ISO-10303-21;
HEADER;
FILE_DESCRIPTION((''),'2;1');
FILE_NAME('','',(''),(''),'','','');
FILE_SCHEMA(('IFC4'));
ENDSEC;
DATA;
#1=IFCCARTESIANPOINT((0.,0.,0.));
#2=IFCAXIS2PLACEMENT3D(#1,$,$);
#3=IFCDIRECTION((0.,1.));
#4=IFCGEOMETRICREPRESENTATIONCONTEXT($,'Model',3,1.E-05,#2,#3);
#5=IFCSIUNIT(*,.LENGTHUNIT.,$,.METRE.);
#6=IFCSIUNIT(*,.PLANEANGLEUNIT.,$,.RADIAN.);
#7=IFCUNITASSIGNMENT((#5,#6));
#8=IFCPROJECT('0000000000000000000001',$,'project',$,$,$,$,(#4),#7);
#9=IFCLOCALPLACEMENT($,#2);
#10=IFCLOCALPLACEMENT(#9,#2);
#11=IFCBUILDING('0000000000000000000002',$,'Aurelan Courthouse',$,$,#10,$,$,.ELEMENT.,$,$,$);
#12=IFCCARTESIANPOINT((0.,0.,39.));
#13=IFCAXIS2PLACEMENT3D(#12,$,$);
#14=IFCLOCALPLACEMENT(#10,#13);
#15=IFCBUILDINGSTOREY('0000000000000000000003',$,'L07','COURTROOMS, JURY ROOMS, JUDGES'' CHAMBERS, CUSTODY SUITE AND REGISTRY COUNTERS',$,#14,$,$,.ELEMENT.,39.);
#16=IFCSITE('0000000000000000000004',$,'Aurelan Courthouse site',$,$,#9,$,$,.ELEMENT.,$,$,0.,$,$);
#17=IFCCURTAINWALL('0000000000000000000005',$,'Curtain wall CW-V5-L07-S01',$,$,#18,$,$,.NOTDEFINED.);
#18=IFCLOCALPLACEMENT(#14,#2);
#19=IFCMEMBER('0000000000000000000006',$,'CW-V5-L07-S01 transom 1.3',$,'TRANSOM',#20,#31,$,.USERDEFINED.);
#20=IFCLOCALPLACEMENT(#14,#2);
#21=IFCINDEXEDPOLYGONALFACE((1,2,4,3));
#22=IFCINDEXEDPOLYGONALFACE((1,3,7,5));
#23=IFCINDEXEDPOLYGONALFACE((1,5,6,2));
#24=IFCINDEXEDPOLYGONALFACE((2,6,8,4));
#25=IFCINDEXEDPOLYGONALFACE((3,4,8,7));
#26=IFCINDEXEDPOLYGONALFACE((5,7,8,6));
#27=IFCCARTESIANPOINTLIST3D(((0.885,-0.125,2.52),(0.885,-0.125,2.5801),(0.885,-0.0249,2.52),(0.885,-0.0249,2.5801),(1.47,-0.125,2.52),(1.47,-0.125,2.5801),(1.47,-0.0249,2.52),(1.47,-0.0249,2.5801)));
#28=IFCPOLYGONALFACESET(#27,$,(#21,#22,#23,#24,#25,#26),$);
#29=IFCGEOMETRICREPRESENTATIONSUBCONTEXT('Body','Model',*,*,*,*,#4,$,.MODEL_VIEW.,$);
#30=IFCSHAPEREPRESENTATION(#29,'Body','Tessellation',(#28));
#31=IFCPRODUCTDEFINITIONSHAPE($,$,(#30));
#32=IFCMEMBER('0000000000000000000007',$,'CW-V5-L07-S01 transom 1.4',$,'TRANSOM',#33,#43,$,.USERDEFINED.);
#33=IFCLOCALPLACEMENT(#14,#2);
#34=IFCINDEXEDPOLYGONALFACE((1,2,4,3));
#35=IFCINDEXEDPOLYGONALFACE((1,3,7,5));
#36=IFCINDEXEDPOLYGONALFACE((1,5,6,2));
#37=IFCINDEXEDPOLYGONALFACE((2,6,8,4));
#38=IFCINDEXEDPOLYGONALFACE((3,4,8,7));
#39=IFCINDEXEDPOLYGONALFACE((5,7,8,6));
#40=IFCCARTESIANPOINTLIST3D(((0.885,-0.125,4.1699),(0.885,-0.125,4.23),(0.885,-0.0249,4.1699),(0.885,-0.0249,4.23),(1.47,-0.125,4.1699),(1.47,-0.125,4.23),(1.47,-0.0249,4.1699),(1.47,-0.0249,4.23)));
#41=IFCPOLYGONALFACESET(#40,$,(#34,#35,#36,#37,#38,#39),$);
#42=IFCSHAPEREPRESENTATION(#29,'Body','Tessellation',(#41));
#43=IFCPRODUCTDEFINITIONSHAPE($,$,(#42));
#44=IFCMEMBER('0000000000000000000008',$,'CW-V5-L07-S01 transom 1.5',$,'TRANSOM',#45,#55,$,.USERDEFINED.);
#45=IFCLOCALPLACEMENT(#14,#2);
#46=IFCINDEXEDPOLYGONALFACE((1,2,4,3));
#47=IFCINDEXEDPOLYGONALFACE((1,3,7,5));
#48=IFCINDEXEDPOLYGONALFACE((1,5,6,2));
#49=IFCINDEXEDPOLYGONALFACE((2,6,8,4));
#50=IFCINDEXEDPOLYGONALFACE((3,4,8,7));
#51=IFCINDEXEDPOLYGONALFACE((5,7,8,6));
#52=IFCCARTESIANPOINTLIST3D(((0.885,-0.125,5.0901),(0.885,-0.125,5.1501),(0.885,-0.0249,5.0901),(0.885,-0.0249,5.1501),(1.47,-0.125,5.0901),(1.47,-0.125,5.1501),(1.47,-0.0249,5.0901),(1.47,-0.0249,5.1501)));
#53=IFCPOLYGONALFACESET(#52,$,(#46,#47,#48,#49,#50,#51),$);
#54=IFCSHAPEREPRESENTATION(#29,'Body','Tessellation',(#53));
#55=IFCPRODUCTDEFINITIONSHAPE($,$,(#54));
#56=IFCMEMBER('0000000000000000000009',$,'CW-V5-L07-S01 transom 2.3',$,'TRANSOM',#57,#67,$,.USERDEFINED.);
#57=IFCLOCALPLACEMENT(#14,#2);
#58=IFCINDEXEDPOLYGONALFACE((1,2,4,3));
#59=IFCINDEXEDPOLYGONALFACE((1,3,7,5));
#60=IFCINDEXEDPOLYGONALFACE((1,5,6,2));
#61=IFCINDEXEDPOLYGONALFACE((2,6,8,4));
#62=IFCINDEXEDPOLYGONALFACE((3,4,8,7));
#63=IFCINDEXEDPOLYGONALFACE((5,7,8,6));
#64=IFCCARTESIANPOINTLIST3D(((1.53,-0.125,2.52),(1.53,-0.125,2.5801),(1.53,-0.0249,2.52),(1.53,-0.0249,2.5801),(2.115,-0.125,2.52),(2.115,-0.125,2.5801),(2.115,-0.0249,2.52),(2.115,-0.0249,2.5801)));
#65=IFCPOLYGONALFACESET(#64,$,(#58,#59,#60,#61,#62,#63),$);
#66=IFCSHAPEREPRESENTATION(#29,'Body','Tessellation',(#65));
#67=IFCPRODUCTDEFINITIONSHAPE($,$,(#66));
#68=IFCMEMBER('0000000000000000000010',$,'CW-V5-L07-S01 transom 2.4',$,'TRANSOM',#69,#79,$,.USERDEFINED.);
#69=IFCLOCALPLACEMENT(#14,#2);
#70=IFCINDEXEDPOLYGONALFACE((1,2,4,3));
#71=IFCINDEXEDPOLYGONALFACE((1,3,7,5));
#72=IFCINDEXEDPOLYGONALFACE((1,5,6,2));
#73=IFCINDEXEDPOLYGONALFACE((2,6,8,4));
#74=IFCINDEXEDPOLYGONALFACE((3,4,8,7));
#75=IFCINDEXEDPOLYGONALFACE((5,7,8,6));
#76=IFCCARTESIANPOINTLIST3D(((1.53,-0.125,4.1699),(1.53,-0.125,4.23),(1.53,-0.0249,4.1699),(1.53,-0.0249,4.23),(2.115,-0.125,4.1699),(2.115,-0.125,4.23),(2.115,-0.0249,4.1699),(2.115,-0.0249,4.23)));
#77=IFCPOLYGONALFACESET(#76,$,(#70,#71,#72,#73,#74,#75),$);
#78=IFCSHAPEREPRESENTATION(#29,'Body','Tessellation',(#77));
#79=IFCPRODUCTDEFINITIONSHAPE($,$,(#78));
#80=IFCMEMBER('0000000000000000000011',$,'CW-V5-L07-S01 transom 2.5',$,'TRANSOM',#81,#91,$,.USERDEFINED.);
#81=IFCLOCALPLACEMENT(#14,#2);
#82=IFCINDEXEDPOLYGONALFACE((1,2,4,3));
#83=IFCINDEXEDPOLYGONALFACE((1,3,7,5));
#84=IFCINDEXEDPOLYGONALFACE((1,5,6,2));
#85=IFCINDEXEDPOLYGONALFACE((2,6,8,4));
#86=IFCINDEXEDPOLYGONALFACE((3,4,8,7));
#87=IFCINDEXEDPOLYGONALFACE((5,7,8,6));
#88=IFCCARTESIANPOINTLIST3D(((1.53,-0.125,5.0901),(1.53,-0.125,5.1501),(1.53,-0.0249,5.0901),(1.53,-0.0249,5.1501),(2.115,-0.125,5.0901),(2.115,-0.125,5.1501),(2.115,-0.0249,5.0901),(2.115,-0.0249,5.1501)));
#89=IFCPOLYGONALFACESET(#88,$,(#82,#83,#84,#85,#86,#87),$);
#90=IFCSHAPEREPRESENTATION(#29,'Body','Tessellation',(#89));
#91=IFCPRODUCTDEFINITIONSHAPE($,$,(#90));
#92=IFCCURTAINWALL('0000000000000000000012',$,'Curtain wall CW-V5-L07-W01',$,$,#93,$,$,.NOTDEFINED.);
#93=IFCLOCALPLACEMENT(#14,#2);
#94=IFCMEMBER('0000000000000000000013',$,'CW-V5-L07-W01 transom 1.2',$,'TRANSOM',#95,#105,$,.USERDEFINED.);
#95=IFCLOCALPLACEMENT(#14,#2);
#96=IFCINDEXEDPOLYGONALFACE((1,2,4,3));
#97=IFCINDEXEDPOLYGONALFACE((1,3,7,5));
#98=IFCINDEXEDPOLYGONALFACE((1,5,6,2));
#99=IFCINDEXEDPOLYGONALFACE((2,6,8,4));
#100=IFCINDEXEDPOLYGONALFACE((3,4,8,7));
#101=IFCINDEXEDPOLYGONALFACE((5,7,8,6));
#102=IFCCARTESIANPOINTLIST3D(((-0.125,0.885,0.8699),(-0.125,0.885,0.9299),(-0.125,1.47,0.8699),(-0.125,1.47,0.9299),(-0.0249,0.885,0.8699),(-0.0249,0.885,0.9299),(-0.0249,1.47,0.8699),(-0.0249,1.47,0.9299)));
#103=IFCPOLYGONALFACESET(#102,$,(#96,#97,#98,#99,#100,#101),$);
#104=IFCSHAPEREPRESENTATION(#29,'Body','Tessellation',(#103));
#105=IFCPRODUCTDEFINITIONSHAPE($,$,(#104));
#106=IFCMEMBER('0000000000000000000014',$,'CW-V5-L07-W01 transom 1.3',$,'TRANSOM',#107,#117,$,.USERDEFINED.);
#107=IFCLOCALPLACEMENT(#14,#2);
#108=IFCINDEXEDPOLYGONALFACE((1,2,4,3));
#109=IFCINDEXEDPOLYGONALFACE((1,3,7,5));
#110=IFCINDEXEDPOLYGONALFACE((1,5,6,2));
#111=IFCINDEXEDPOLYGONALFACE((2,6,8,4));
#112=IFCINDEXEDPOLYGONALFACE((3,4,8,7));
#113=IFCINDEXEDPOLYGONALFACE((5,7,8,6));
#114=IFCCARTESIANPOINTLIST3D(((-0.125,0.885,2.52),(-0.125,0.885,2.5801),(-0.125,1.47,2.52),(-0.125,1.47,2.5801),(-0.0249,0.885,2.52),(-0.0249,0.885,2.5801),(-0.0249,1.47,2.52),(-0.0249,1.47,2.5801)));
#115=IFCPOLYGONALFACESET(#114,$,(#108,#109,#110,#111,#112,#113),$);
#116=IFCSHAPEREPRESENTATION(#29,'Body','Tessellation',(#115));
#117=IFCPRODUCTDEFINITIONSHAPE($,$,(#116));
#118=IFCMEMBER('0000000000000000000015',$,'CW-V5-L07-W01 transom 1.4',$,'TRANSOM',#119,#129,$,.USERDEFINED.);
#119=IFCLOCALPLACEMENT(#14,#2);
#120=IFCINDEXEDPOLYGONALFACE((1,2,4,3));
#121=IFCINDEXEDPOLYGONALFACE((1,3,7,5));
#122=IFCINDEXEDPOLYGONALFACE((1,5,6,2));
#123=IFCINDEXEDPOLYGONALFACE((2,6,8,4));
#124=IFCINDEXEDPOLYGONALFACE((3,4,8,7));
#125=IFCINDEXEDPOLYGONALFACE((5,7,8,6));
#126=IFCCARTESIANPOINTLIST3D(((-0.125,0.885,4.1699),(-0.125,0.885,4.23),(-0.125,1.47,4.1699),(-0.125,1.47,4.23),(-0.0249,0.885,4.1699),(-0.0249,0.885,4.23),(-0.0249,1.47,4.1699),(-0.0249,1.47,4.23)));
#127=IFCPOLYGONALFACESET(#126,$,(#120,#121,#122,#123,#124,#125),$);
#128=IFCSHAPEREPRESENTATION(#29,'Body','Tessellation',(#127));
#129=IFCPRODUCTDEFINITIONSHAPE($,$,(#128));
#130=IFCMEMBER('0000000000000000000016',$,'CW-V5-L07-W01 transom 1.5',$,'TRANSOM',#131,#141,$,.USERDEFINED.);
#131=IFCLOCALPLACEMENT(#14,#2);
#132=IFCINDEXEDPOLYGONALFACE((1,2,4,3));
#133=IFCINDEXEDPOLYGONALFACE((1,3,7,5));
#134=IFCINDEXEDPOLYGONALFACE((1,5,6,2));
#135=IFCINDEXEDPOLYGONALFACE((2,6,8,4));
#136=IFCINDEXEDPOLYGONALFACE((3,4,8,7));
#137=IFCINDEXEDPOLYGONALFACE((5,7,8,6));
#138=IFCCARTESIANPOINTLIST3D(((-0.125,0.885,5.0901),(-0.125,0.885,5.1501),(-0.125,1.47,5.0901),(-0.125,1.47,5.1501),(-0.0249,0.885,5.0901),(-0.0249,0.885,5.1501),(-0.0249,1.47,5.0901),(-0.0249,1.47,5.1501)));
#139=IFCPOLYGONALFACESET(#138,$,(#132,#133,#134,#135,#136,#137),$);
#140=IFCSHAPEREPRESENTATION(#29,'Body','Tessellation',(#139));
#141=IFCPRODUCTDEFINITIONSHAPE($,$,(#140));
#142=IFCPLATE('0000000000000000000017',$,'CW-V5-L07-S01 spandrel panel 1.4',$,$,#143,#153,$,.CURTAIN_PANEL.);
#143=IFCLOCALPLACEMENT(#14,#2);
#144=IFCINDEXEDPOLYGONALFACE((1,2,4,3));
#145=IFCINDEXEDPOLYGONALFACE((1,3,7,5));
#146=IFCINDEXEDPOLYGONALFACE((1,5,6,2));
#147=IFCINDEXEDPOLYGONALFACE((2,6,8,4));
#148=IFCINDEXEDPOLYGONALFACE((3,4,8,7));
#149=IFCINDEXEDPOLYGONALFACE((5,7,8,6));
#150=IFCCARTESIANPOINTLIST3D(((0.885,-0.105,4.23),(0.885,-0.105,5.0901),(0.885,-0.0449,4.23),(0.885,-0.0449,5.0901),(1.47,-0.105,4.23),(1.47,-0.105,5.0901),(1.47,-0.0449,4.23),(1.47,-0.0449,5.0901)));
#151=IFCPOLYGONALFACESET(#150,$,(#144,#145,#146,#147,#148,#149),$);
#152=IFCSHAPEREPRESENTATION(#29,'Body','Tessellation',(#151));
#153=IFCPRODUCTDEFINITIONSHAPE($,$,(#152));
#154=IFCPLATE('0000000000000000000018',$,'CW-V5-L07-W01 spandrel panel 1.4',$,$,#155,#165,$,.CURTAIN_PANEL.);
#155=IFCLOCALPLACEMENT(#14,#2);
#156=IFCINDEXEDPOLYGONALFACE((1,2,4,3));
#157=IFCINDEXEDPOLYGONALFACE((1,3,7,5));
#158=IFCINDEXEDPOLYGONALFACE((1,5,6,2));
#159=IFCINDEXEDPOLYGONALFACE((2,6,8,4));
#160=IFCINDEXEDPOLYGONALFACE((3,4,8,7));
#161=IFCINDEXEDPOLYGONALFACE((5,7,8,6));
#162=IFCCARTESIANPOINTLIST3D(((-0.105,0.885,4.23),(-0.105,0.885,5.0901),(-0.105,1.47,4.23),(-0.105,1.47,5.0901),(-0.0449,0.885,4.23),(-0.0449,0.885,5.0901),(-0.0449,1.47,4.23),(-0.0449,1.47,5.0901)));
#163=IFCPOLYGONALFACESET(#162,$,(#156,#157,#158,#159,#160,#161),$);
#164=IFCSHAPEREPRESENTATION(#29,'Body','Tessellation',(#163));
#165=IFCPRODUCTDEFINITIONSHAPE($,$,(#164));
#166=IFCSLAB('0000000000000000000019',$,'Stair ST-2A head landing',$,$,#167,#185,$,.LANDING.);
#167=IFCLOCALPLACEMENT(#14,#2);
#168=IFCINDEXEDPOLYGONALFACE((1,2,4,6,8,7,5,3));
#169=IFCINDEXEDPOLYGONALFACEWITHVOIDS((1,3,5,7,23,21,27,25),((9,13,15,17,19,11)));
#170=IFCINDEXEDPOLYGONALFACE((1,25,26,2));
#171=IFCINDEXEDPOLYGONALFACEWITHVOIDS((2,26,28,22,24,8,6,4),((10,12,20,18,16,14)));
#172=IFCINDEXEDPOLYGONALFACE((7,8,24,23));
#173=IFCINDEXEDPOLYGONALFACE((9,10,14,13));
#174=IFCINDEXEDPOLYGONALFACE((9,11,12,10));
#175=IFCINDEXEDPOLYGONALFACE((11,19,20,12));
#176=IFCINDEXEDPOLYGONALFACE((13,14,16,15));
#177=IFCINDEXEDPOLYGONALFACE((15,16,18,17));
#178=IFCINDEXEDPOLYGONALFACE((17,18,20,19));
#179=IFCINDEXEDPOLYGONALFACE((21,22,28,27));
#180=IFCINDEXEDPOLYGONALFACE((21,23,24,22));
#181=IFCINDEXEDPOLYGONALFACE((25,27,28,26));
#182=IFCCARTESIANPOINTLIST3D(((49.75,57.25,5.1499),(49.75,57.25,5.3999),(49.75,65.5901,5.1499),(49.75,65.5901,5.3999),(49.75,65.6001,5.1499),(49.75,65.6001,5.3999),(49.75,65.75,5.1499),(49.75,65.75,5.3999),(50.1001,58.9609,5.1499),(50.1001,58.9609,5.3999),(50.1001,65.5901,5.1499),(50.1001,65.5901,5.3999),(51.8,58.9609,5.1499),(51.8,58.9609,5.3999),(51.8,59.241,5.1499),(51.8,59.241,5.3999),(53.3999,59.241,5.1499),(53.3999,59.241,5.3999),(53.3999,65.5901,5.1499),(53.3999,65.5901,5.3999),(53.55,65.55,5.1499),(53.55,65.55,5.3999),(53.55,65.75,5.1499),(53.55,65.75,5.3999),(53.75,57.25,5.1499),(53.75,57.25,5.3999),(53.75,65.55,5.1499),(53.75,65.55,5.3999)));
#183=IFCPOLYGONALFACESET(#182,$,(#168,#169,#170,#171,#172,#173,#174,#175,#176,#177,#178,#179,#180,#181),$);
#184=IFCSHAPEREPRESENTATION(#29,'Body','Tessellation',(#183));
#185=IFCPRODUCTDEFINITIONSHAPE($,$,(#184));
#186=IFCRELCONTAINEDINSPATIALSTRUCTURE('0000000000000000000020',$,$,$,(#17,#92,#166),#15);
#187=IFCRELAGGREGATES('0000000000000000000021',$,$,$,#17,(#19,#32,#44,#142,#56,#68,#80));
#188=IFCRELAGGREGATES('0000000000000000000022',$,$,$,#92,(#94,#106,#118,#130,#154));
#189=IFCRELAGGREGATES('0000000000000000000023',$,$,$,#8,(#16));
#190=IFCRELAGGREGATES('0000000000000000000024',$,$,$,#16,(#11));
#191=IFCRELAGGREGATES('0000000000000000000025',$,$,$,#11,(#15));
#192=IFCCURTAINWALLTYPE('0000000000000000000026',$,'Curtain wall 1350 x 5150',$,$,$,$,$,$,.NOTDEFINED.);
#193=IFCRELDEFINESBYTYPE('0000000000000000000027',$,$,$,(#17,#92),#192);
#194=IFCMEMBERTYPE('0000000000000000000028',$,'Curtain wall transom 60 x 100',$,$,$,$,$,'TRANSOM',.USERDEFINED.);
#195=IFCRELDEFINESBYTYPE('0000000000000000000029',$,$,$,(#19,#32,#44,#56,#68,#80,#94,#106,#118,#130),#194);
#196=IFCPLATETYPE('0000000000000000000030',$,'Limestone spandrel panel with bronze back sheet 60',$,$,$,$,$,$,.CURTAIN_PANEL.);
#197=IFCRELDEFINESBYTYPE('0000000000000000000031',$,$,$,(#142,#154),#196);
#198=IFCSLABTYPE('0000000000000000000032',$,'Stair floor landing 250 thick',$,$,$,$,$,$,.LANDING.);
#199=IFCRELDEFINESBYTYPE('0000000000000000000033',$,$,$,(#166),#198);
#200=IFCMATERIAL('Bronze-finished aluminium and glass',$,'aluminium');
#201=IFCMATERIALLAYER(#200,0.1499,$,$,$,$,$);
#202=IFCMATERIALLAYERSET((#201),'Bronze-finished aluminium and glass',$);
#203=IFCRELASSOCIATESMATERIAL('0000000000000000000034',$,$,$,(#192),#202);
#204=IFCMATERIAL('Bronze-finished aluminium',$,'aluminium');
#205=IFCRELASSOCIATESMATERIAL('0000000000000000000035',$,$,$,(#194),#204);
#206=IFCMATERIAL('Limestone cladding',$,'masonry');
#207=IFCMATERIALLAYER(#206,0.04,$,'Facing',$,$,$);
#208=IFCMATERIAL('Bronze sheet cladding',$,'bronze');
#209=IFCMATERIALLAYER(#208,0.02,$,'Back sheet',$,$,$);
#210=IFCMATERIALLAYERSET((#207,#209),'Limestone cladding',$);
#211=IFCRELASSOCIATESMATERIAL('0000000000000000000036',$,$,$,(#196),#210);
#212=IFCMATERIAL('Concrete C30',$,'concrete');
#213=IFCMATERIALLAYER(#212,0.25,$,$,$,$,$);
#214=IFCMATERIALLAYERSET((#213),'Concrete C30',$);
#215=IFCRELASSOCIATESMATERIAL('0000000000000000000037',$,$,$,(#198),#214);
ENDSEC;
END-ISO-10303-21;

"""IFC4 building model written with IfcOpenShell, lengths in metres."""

from ifc_helpers import new_model, si_unit, direction, frame, origin, origin_2d, place, context, subcontext, project, spatial, polyline, rectangle, outline, extrude, material, layer, layer_set, material_profile, profile_set, type_object, element, aggregate, save


model = new_model("IFC4")

# Units and contexts
model_context = context("Model", 3, precision=1e-05, world=origin(), true_north=direction((0.0, 1.0)))
body_context = subcontext(model_context, "Body", "Model", "MODEL_VIEW")
ifc_project = project(units=[si_unit("LENGTHUNIT", "METRE"), si_unit("PLANEANGLEUNIT", "RADIAN")], contexts=[model_context])

# Site, building, storey
site_placement = place(None, origin())
site = spatial("IfcSite", under=ifc_project, at=site_placement, Name="Aurelan Courthouse site", CompositionType="ELEMENT", RefElevation=0.0)
building_placement = place(site_placement, origin())
building = spatial("IfcBuilding", under=site, at=building_placement, Name="Aurelan Courthouse", CompositionType="ELEMENT")
storey_placement = place(building_placement, frame((0.0, 0.0, 39.0)))
storey = spatial("IfcBuildingStorey", under=building, at=storey_placement, Name="L07", Description="COURTROOMS, JURY ROOMS, JUDGES' CHAMBERS, CUSTODY SUITE AND REGISTRY COUNTERS", CompositionType="ELEMENT", Elevation=39.0)

# Curtain walls, members
ifc_material_1 = material(Name="Bronze-finished aluminium and glass", Category="aluminium")
ifc_layer_1 = layer(ifc_material_1, 0.1499)
ifc_layer_set_1 = layer_set([ifc_layer_1], Name="Bronze-finished aluminium and glass")
curtain_wall_type = type_object("IfcCurtainWallType", Name="Curtain wall 1350 x 5150", PredefinedType="NOTDEFINED", material=ifc_layer_set_1)
curtain_wall_1_placement = place(storey_placement, origin())
curtain_wall_1 = element("IfcCurtainWall", 1, at=curtain_wall_1_placement, inside=storey, type_object=curtain_wall_type, Name="Curtain wall CW-V5-L07-S01", PredefinedType="NOTDEFINED")
ifc_material_2 = material(Name="Bronze-finished aluminium", Category="aluminium")
ifc_material_profile = material_profile(ifc_material_2, rectangle(XDim=0.1001, YDim=0.0601, at=origin_2d()), Name="Bronze transom 60 x 100")
ifc_profile_set = profile_set([ifc_material_profile], Name="Bronze-finished aluminium")
member_type = type_object("IfcMemberType", Name="Curtain wall transom 60 x 100", ElementType="TRANSOM", PredefinedType="USERDEFINED", material=ifc_profile_set)
member_1_placement = place(storey_placement, frame((0.885, -0.075, 2.55), z_axis=(1.0, 0.0, 0.0), x_axis=(0.0, 1.0, 0.0)))
member_1 = element("IfcMember", 2, at=member_1_placement, type_object=member_type, Name="CW-V5-L07-S01 transom 1.3", ObjectType="TRANSOM", PredefinedType="USERDEFINED", context=body_context, shape_type="SweptSolid", body=[
    extrude(rectangle(XDim=0.1001, YDim=0.0601, at=origin_2d()), origin(), (0.0, 0.0, 1.0), 0.585),
])
member_2_placement = place(storey_placement, frame((0.885, -0.075, 4.2), z_axis=(1.0, 0.0, 0.0), x_axis=(0.0, 1.0, 0.0)))
member_2 = element("IfcMember", 3, at=member_2_placement, type_object=member_type, Name="CW-V5-L07-S01 transom 1.4", ObjectType="TRANSOM", PredefinedType="USERDEFINED", context=body_context, shape_type="SweptSolid", body=[
    extrude(rectangle(XDim=0.1001, YDim=0.0601, at=origin_2d()), origin(), (0.0, 0.0, 1.0), 0.585),
])
member_3_placement = place(storey_placement, frame((0.885, -0.075, 5.1201), z_axis=(1.0, 0.0, 0.0), x_axis=(0.0, 1.0, 0.0)))
member_3 = element("IfcMember", 4, at=member_3_placement, type_object=member_type, Name="CW-V5-L07-S01 transom 1.5", ObjectType="TRANSOM", PredefinedType="USERDEFINED", context=body_context, shape_type="SweptSolid", body=[
    extrude(rectangle(XDim=0.1001, YDim=0.0601, at=origin_2d()), origin(), (0.0, 0.0, 1.0), 0.585),
])
member_4_placement = place(storey_placement, frame((1.53, -0.075, 2.55), z_axis=(1.0, 0.0, 0.0), x_axis=(0.0, 1.0, 0.0)))
member_4 = element("IfcMember", 5, at=member_4_placement, type_object=member_type, Name="CW-V5-L07-S01 transom 2.3", ObjectType="TRANSOM", PredefinedType="USERDEFINED", context=body_context, shape_type="SweptSolid", body=[
    extrude(rectangle(XDim=0.1001, YDim=0.0601, at=origin_2d()), origin(), (0.0, 0.0, 1.0), 0.585),
])
member_5_placement = place(storey_placement, frame((1.53, -0.075, 4.2), z_axis=(1.0, 0.0, 0.0), x_axis=(0.0, 1.0, 0.0)))
member_5 = element("IfcMember", 6, at=member_5_placement, type_object=member_type, Name="CW-V5-L07-S01 transom 2.4", ObjectType="TRANSOM", PredefinedType="USERDEFINED", context=body_context, shape_type="SweptSolid", body=[
    extrude(rectangle(XDim=0.1001, YDim=0.0601, at=origin_2d()), origin(), (0.0, 0.0, 1.0), 0.585),
])
member_6_placement = place(storey_placement, frame((1.53, -0.075, 5.1201), z_axis=(1.0, 0.0, 0.0), x_axis=(0.0, 1.0, 0.0)))
member_6 = element("IfcMember", 7, at=member_6_placement, type_object=member_type, Name="CW-V5-L07-S01 transom 2.5", ObjectType="TRANSOM", PredefinedType="USERDEFINED", context=body_context, shape_type="SweptSolid", body=[
    extrude(rectangle(XDim=0.1001, YDim=0.0601, at=origin_2d()), origin(), (0.0, 0.0, 1.0), 0.585),
])
curtain_wall_2_placement = place(storey_placement, origin())
curtain_wall_2 = element("IfcCurtainWall", 8, at=curtain_wall_2_placement, inside=storey, type_object=curtain_wall_type, Name="Curtain wall CW-V5-L07-W01", PredefinedType="NOTDEFINED")
member_7_placement = place(storey_placement, frame((-0.075, 0.885, 0.8999), z_axis=(0.0, 1.0, 0.0), x_axis=(-1.0, 0.0, 0.0)))
member_7 = element("IfcMember", 9, at=member_7_placement, type_object=member_type, Name="CW-V5-L07-W01 transom 1.2", ObjectType="TRANSOM", PredefinedType="USERDEFINED", context=body_context, shape_type="SweptSolid", body=[
    extrude(rectangle(XDim=0.1001, YDim=0.0601, at=origin_2d()), origin(), (0.0, 0.0, 1.0), 0.585),
])
member_8_placement = place(storey_placement, frame((-0.075, 0.885, 2.55), z_axis=(0.0, 1.0, 0.0), x_axis=(-1.0, 0.0, 0.0)))
member_8 = element("IfcMember", 10, at=member_8_placement, type_object=member_type, Name="CW-V5-L07-W01 transom 1.3", ObjectType="TRANSOM", PredefinedType="USERDEFINED", context=body_context, shape_type="SweptSolid", body=[
    extrude(rectangle(XDim=0.1001, YDim=0.0601, at=origin_2d()), origin(), (0.0, 0.0, 1.0), 0.585),
])
member_9_placement = place(storey_placement, frame((-0.075, 0.885, 4.2), z_axis=(0.0, 1.0, 0.0), x_axis=(-1.0, 0.0, 0.0)))
member_9 = element("IfcMember", 11, at=member_9_placement, type_object=member_type, Name="CW-V5-L07-W01 transom 1.4", ObjectType="TRANSOM", PredefinedType="USERDEFINED", context=body_context, shape_type="SweptSolid", body=[
    extrude(rectangle(XDim=0.1001, YDim=0.0601, at=origin_2d()), origin(), (0.0, 0.0, 1.0), 0.585),
])
member_10_placement = place(storey_placement, frame((-0.075, 0.885, 5.1201), z_axis=(0.0, 1.0, 0.0), x_axis=(-1.0, 0.0, 0.0)))
member_10 = element("IfcMember", 12, at=member_10_placement, type_object=member_type, Name="CW-V5-L07-W01 transom 1.5", ObjectType="TRANSOM", PredefinedType="USERDEFINED", context=body_context, shape_type="SweptSolid", body=[
    extrude(rectangle(XDim=0.1001, YDim=0.0601, at=origin_2d()), origin(), (0.0, 0.0, 1.0), 0.585),
])

# Plates
ifc_material_3 = material(Name="Limestone cladding", Category="masonry")
ifc_layer_2 = layer(ifc_material_3, 0.04, Name="Facing")
ifc_material_4 = material(Name="Bronze sheet cladding", Category="bronze")
ifc_layer_3 = layer(ifc_material_4, 0.02, Name="Back sheet")
ifc_layer_set_2 = layer_set([ifc_layer_2, ifc_layer_3], Name="Limestone cladding")
plate_type_1 = type_object("IfcPlateType", Name="Limestone spandrel panel with bronze back sheet 60", PredefinedType="CURTAIN_PANEL", material=ifc_layer_set_2)
plate_1_placement = place(storey_placement, frame((1.1775, -0.075, 4.23), z_axis=(0.0, 0.0, 1.0), x_axis=(1.0, 0.0, 0.0)))
plate_1 = element("IfcPlate", 13, at=plate_1_placement, type_object=plate_type_1, Name="CW-V5-L07-S01 spandrel panel 1.4", PredefinedType="CURTAIN_PANEL", context=body_context, shape_type="SweptSolid", body=[
    extrude(rectangle(XDim=0.585, YDim=0.0601, at=origin_2d()), origin(), (0.0, 0.0, 1.0), 0.8601),
])
plate_2_placement = place(storey_placement, frame((-0.075, 1.1775, 4.23), z_axis=(0.0, 0.0, 1.0), x_axis=(0.0, 1.0, 0.0)))
plate_2 = element("IfcPlate", 14, at=plate_2_placement, type_object=plate_type_1, Name="CW-V5-L07-W01 spandrel panel 1.4", PredefinedType="CURTAIN_PANEL", context=body_context, shape_type="SweptSolid", body=[
    extrude(rectangle(XDim=0.585, YDim=0.0601, at=origin_2d()), origin(), (0.0, 0.0, 1.0), 0.8601),
])

# Slab
ifc_material_5 = material(Name="Concrete C30", Category="concrete")
ifc_layer_4 = layer(ifc_material_5, 0.25)
ifc_layer_set_3 = layer_set([ifc_layer_4], Name="Concrete C30")
slab_type_1 = type_object("IfcSlabType", Name="Stair floor landing 250 thick", PredefinedType="LANDING", material=ifc_layer_set_3)
slab_1_placement = place(storey_placement, frame((0.0, 0.0, 5.1499)))
element("IfcSlab", 15, at=slab_1_placement, inside=storey, type_object=slab_type_1, Name="Stair ST-2A head landing", PredefinedType="LANDING", context=body_context, shape_type="SweptSolid", body=[
    extrude(outline(polyline([(53.75, 57.25), (49.75, 57.25), (49.75, 65.5901), (49.75, 65.6001), (49.75, 65.75), (53.55, 65.75), (53.55, 65.55), (53.75, 65.55), (53.75, 57.25)]), holes=[polyline([(51.8, 58.9609), (51.8, 59.241), (53.3999, 59.241), (53.3999, 65.5901), (50.1001, 65.5901), (50.1001, 58.9609), (51.8, 58.9609)])]), origin(), (0.0, 0.0, 1.0), 0.25),
])

aggregate(curtain_wall_1, [member_1, member_2, member_3, plate_1, member_4, member_5, member_6])
aggregate(curtain_wall_2, [member_7, member_8, member_9, member_10, plate_2])

save(model, "model.ifc")
